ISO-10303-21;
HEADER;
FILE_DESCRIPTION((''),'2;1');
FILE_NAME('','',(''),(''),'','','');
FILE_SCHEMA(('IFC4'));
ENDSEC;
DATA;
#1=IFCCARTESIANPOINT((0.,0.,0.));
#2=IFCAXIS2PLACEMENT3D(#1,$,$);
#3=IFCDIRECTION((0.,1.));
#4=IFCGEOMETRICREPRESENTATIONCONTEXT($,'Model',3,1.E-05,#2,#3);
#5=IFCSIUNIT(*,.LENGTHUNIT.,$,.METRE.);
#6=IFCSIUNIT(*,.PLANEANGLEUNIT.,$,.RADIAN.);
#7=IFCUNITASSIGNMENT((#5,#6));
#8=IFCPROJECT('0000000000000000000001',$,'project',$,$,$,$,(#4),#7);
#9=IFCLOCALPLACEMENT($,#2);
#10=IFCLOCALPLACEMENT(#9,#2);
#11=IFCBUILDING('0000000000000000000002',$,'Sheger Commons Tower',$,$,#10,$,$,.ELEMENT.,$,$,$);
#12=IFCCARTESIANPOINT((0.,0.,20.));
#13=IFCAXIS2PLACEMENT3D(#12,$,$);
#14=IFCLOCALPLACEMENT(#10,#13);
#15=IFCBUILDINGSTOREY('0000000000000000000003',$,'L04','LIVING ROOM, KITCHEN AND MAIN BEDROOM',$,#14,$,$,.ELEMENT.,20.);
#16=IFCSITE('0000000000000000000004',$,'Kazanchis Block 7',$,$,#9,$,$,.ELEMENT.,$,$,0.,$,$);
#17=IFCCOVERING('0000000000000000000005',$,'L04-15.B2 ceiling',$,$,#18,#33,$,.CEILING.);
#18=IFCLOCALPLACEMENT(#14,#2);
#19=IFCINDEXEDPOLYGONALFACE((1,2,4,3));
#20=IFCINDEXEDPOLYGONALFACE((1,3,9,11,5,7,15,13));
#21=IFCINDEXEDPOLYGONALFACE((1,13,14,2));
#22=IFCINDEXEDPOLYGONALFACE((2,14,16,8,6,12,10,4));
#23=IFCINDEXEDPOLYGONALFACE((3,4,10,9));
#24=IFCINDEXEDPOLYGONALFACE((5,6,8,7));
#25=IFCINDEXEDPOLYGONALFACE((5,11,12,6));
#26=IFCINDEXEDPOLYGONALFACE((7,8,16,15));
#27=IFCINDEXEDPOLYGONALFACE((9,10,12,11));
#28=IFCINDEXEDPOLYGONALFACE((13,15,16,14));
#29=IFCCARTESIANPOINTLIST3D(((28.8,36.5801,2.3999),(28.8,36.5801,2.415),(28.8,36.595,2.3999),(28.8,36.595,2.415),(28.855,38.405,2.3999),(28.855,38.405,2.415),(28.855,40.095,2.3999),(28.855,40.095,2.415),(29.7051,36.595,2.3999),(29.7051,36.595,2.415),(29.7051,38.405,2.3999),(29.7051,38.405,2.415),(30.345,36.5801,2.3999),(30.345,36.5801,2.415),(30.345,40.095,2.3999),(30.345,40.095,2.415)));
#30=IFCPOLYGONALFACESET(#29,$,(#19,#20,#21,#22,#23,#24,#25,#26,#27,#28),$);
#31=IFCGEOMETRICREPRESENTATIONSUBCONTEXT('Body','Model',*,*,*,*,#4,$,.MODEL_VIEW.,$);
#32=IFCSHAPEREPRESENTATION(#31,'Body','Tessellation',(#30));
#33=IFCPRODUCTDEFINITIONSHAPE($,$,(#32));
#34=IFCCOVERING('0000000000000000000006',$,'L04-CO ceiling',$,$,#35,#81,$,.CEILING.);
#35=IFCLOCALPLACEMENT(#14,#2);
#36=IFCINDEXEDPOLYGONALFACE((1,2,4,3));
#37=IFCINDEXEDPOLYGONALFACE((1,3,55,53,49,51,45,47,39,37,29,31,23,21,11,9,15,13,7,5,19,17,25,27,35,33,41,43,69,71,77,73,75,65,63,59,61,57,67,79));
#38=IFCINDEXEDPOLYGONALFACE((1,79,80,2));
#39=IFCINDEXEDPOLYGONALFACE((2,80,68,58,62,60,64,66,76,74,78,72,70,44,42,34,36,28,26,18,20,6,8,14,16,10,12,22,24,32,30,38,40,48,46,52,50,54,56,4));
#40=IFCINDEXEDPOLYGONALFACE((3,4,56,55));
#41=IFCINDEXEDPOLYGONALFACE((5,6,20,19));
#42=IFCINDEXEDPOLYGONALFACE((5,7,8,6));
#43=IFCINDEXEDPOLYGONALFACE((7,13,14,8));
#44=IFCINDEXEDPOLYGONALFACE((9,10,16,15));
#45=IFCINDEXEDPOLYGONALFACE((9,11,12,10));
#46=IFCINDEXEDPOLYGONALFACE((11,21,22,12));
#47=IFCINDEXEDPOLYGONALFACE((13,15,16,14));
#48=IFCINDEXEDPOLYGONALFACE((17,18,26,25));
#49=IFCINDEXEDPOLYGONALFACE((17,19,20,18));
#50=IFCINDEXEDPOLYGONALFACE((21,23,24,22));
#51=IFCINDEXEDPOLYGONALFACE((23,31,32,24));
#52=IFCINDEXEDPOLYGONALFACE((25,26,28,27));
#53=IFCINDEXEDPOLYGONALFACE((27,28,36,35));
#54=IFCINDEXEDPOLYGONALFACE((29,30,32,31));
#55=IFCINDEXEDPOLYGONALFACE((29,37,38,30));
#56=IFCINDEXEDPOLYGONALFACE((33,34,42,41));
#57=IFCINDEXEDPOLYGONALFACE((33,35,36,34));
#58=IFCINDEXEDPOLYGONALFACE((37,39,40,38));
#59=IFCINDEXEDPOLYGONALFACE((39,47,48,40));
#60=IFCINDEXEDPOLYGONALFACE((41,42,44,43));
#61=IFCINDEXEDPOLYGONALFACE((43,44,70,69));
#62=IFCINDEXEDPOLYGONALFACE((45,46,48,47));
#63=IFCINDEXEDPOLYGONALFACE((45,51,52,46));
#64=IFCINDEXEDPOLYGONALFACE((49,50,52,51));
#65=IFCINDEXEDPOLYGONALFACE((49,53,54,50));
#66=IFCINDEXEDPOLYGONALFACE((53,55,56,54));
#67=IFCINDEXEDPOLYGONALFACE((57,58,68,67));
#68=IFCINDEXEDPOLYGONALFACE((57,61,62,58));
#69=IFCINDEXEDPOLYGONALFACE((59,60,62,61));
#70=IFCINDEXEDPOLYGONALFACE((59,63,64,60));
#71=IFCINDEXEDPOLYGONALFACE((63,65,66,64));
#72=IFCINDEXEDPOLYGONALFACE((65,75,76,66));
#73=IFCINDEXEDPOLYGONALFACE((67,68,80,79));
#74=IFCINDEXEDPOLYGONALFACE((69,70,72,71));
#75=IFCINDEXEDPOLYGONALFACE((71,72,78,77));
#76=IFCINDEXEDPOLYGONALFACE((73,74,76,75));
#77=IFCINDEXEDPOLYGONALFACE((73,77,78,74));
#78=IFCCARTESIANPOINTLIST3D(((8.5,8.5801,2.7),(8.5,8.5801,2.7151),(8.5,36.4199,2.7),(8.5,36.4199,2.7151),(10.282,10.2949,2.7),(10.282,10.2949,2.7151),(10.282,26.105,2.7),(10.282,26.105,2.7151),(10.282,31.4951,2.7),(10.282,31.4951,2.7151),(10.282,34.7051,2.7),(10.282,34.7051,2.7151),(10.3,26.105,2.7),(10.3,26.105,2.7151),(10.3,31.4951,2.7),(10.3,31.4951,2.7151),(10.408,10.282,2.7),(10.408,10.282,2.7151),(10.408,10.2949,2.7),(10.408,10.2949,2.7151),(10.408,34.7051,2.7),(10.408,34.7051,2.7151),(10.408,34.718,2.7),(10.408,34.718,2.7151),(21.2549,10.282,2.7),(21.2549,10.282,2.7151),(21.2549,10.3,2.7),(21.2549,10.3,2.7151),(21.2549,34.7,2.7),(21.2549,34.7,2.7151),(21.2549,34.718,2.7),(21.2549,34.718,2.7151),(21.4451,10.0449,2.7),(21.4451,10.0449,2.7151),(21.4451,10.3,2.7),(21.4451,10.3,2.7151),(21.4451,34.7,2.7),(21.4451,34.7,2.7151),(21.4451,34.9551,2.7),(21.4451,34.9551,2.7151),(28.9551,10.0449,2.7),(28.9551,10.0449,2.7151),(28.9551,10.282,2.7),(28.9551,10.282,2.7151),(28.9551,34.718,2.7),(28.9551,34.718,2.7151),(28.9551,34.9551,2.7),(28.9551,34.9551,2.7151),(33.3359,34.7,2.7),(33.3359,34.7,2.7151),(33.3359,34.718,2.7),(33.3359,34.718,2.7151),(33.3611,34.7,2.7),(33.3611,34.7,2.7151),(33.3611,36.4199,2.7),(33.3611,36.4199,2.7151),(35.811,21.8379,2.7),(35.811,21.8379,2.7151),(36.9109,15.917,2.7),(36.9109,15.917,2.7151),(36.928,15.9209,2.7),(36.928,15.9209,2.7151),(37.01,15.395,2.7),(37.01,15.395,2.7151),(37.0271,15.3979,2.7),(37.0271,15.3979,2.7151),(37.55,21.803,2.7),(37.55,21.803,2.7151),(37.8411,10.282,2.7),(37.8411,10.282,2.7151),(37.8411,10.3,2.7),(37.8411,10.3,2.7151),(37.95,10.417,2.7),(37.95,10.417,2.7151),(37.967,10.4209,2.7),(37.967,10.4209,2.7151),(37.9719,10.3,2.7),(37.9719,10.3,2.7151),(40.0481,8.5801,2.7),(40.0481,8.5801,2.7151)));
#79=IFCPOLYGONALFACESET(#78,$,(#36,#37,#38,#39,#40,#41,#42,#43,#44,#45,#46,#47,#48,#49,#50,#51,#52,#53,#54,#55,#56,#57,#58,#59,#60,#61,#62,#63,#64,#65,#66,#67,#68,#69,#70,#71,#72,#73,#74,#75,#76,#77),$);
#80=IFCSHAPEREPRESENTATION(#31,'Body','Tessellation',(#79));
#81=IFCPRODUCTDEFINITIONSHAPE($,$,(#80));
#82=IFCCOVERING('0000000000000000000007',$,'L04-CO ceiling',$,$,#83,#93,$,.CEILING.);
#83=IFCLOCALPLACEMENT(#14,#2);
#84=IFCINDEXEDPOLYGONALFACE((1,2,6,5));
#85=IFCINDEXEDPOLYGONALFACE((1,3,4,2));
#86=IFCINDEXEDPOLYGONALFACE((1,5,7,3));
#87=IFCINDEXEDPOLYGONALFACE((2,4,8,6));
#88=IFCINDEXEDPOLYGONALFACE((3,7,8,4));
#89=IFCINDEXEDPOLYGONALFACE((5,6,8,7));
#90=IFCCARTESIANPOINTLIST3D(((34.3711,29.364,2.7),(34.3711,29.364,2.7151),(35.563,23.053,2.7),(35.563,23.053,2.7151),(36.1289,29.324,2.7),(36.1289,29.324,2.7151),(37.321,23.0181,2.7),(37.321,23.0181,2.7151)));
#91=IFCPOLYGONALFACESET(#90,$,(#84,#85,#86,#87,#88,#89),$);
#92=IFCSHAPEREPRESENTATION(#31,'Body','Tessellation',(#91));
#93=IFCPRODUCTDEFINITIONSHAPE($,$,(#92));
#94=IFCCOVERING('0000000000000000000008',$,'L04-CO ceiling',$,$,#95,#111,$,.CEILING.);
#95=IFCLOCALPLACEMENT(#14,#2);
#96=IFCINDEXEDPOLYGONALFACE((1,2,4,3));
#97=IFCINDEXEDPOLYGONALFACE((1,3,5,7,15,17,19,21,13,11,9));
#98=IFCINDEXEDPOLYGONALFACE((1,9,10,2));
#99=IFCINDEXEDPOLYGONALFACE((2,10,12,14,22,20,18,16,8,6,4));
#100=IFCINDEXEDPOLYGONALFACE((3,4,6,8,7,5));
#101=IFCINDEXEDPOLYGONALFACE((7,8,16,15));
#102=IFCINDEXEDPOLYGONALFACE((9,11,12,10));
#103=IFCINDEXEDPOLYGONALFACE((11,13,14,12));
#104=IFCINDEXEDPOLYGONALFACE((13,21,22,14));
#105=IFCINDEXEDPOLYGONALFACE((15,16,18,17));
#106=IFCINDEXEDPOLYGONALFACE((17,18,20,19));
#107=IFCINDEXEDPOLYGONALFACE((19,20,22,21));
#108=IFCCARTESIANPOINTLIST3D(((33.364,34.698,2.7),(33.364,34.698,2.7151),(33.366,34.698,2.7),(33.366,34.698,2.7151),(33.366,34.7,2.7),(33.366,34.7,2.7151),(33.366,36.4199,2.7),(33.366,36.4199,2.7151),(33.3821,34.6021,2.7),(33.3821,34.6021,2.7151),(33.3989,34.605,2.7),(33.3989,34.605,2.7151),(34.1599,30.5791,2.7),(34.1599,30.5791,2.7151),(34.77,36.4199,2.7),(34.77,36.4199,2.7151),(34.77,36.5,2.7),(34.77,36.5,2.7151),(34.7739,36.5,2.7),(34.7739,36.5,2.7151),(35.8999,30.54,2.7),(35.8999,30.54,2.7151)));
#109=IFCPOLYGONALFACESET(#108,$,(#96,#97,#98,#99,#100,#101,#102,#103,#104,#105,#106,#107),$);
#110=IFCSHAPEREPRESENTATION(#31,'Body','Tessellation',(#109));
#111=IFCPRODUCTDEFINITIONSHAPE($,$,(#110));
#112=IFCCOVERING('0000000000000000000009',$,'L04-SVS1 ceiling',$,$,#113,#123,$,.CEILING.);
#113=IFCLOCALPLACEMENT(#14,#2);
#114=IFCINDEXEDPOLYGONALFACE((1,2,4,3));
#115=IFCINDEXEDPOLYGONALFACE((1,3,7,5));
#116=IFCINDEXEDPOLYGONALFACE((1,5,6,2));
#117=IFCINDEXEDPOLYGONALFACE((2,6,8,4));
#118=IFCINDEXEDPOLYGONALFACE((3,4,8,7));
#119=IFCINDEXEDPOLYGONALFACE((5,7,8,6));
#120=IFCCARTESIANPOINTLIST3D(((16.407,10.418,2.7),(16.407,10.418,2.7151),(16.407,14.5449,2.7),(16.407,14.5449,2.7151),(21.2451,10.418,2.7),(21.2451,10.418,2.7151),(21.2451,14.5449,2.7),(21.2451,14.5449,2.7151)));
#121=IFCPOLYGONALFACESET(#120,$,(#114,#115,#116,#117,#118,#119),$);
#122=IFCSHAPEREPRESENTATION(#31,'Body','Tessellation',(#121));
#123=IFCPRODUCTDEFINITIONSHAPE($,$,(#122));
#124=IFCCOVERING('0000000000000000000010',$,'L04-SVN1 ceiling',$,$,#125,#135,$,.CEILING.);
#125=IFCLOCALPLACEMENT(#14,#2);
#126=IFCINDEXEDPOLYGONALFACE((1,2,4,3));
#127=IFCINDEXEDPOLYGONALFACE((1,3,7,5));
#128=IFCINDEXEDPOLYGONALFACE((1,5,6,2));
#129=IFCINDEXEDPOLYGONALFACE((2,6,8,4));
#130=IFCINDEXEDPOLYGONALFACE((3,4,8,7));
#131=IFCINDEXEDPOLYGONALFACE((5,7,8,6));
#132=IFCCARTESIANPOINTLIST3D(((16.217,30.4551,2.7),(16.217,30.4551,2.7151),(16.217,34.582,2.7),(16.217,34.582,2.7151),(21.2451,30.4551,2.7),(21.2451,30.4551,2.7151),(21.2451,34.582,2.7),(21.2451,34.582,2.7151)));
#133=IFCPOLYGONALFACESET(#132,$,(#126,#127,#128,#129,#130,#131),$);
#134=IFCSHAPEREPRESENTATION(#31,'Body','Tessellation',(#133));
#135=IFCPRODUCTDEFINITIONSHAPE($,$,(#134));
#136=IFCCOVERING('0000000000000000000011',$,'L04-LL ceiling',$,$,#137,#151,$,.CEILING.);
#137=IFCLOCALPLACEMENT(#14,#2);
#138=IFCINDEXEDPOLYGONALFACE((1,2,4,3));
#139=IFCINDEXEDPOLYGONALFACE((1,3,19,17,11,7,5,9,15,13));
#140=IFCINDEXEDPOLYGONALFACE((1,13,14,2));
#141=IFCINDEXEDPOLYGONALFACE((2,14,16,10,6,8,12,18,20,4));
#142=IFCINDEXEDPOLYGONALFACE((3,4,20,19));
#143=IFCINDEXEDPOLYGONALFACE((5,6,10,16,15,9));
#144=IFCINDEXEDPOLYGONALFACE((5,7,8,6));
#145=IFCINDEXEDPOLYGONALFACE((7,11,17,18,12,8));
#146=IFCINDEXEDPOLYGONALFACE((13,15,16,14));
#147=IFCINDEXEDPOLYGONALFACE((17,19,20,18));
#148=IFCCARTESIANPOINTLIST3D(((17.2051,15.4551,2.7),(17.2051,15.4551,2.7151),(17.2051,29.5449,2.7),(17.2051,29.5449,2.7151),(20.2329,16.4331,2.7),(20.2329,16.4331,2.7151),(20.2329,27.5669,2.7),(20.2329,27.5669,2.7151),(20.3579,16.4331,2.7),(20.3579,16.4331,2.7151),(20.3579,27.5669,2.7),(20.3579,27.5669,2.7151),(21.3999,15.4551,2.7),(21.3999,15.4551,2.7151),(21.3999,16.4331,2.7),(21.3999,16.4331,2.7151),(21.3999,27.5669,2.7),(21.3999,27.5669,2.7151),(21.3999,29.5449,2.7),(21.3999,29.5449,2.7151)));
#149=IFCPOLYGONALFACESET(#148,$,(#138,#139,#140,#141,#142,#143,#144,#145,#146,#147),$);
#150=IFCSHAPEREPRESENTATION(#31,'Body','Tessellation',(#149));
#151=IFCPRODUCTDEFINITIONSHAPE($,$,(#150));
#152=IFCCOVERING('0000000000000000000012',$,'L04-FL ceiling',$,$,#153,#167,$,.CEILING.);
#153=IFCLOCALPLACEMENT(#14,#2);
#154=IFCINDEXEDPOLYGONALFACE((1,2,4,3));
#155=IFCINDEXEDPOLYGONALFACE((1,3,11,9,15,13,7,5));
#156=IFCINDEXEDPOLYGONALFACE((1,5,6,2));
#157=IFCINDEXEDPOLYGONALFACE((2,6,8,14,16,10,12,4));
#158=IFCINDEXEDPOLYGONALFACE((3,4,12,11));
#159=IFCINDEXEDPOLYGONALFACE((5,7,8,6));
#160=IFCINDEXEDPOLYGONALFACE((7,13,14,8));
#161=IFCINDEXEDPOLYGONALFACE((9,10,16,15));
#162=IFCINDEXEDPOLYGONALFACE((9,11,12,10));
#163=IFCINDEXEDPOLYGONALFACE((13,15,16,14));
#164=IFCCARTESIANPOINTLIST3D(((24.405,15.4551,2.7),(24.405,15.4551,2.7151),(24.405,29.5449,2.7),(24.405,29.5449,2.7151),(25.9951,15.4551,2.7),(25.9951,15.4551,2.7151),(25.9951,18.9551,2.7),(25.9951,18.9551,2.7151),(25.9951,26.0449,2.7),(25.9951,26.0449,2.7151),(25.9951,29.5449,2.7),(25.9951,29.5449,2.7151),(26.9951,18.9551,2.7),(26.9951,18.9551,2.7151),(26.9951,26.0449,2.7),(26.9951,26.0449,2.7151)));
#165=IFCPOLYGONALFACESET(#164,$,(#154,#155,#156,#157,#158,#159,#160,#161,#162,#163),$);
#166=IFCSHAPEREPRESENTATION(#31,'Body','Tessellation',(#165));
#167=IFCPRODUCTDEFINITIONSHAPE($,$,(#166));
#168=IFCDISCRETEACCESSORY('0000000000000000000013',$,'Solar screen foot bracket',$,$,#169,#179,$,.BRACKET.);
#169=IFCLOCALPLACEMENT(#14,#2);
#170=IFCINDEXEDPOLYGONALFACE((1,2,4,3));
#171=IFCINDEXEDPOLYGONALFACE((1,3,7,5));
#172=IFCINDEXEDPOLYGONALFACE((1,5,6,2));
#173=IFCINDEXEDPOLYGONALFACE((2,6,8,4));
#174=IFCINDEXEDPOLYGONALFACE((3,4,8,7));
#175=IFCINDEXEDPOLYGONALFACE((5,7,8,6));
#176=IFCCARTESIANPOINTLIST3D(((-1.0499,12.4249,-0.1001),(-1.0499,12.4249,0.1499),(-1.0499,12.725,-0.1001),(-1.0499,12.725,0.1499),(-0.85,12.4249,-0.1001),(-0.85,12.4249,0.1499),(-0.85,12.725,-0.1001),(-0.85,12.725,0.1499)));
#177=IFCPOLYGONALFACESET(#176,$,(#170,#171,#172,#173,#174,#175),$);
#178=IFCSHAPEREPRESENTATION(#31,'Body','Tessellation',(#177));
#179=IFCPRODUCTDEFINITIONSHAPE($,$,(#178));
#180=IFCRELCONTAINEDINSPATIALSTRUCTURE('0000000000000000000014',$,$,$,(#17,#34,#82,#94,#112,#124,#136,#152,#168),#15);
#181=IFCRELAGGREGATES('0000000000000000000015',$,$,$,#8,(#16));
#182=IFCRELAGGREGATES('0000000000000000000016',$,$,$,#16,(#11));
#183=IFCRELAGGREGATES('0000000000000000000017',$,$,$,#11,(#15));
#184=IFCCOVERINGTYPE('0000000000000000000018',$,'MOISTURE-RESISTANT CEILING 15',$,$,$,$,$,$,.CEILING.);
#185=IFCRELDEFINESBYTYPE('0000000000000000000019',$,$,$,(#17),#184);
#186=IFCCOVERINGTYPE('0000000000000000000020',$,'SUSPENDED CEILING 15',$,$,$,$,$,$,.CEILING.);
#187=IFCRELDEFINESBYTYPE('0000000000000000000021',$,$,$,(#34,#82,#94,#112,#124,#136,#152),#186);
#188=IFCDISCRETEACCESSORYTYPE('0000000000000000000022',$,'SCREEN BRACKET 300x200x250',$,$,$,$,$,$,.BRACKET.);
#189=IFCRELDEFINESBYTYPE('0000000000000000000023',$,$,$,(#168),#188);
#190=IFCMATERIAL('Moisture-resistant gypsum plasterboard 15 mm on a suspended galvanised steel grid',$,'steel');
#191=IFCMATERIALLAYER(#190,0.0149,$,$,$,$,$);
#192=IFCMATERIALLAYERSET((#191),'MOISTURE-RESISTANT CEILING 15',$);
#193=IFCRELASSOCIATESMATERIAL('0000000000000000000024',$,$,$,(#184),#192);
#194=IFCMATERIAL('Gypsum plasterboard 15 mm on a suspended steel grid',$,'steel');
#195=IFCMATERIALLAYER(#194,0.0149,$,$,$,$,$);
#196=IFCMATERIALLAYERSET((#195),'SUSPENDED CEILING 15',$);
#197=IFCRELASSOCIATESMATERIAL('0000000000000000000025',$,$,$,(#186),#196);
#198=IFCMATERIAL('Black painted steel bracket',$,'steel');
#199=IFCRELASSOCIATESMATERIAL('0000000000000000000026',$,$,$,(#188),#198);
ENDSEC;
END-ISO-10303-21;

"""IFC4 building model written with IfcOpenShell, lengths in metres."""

from ifc_helpers import new_model, si_unit, direction, frame, origin, origin_2d, place, context, subcontext, project, spatial, polyline, rectangle, outline, extrude, material, layer, layer_set, type_object, element, save


model = new_model("IFC4")

# Units and contexts
model_context = context("Model", 3, precision=1e-05, world=origin(), true_north=direction((0.0, 1.0)))
body_context = subcontext(model_context, "Body", "Model", "MODEL_VIEW")
ifc_project = project(units=[si_unit("LENGTHUNIT", "METRE"), si_unit("PLANEANGLEUNIT", "RADIAN")], contexts=[model_context])

# Site, building, storey
site_placement = place(None, origin())
site = spatial("IfcSite", under=ifc_project, at=site_placement, Name="Kazanchis Block 7", CompositionType="ELEMENT", RefElevation=0.0)
building_placement = place(site_placement, origin())
building = spatial("IfcBuilding", under=site, at=building_placement, Name="Sheger Commons Tower", CompositionType="ELEMENT")
storey_placement = place(building_placement, frame((0.0, 0.0, 20.0)))
storey = spatial("IfcBuildingStorey", under=building, at=storey_placement, Name="L04", Description="LIVING ROOM, KITCHEN AND MAIN BEDROOM", CompositionType="ELEMENT", Elevation=20.0)

# Coverings
ifc_material_1 = material(Name="Moisture-resistant gypsum plasterboard 15 mm on a suspended galvanised steel grid", Category="steel")
ifc_layer_1 = layer(ifc_material_1, 0.0149)
ifc_layer_set_1 = layer_set([ifc_layer_1], Name="MOISTURE-RESISTANT CEILING 15")
covering_type_1 = type_object("IfcCoveringType", Name="MOISTURE-RESISTANT CEILING 15", PredefinedType="CEILING", material=ifc_layer_set_1)
covering_1_placement = place(storey_placement, frame((0.0, 0.0, 2.3999)))
element("IfcCovering", 1, at=covering_1_placement, inside=storey, type_object=covering_type_1, Name="L04-15.B2 ceiling", PredefinedType="CEILING", context=body_context, shape_type="SweptSolid", body=[
    extrude(outline(polyline([(28.8, 36.5801), (30.345, 36.5801), (30.345, 40.095), (28.855, 40.095), (28.855, 38.405), (29.7051, 38.405), (29.7051, 36.595), (28.8, 36.595), (28.8, 36.5801)])), origin(), (0.0, 0.0, 1.0), 0.0151),
])
ifc_material_2 = material(Name="Gypsum plasterboard 15 mm on a suspended steel grid", Category="steel")
ifc_layer_2 = layer(ifc_material_2, 0.0149)
ifc_layer_set_2 = layer_set([ifc_layer_2], Name="SUSPENDED CEILING 15")
covering_type_2 = type_object("IfcCoveringType", Name="SUSPENDED CEILING 15", PredefinedType="CEILING", material=ifc_layer_set_2)
covering_2_placement = place(storey_placement, frame((0.0, 0.0, 2.7)))
element("IfcCovering", 2, at=covering_2_placement, inside=storey, type_object=covering_type_2, Name="L04-CO ceiling", PredefinedType="CEILING", context=body_context, shape_type="SweptSolid", body=[
    extrude(outline(polyline([(8.5, 8.5801), (40.0481, 8.5801), (37.55, 21.803), (35.811, 21.8379), (36.928, 15.9209), (36.9109, 15.917), (37.01, 15.395), (37.0271, 15.3979), (37.967, 10.4209), (37.95, 10.417), (37.9719, 10.3), (37.8411, 10.3), (37.8411, 10.282), (28.9551, 10.282), (28.9551, 10.0449), (21.4451, 10.0449), (21.4451, 10.3), (21.2549, 10.3), (21.2549, 10.282), (10.408, 10.282), (10.408, 10.2949), (10.282, 10.2949), (10.282, 26.105), (10.3, 26.105), (10.3, 31.4951), (10.282, 31.4951), (10.282, 34.7051), (10.408, 34.7051), (10.408, 34.718), (21.2549, 34.718), (21.2549, 34.7), (21.4451, 34.7), (21.4451, 34.9551), (28.9551, 34.9551), (28.9551, 34.718), (33.3359, 34.718), (33.3359, 34.7), (33.3611, 34.7), (33.3611, 36.4199), (8.5, 36.4199), (8.5, 8.5801)])), origin(), (0.0, 0.0, 1.0), 0.0151),
])
covering_3_placement = place(storey_placement, frame((0.0, 0.0, 2.7)))
element("IfcCovering", 3, at=covering_3_placement, inside=storey, type_object=covering_type_2, Name="L04-CO ceiling", PredefinedType="CEILING", context=body_context, shape_type="SweptSolid", body=[
    extrude(outline(polyline([(37.321, 23.0181), (36.1289, 29.324), (34.3711, 29.364), (35.563, 23.053), (37.321, 23.0181)])), origin(), (0.0, 0.0, 1.0), 0.0151),
])
covering_4_placement = place(storey_placement, frame((0.0, 0.0, 2.7)))
element("IfcCovering", 4, at=covering_4_placement, inside=storey, type_object=covering_type_2, Name="L04-CO ceiling", PredefinedType="CEILING", context=body_context, shape_type="SweptSolid", body=[
    extrude(outline(polyline([(35.8999, 30.54), (34.7739, 36.5), (34.77, 36.5), (34.77, 36.4199), (33.366, 36.4199), (33.366, 34.7), (33.366, 34.698), (33.364, 34.698), (33.3821, 34.6021), (33.3989, 34.605), (34.1599, 30.5791), (35.8999, 30.54)])), origin(), (0.0, 0.0, 1.0), 0.0151),
])
covering_5_placement = place(storey_placement, frame((0.0, 0.0, 2.7)))
element("IfcCovering", 5, at=covering_5_placement, inside=storey, type_object=covering_type_2, Name="L04-SVS1 ceiling", PredefinedType="CEILING", context=body_context, shape_type="SweptSolid", body=[
    extrude(outline(polyline([(16.407, 10.418), (21.2451, 10.418), (21.2451, 14.5449), (16.407, 14.5449), (16.407, 10.418)])), origin(), (0.0, 0.0, 1.0), 0.0151),
])
covering_6_placement = place(storey_placement, frame((0.0, 0.0, 2.7)))
element("IfcCovering", 6, at=covering_6_placement, inside=storey, type_object=covering_type_2, Name="L04-SVN1 ceiling", PredefinedType="CEILING", context=body_context, shape_type="SweptSolid", body=[
    extrude(outline(polyline([(16.217, 30.4551), (21.2451, 30.4551), (21.2451, 34.582), (16.217, 34.582), (16.217, 30.4551)])), origin(), (0.0, 0.0, 1.0), 0.0151),
])
covering_7_placement = place(storey_placement, frame((0.0, 0.0, 2.7)))
element("IfcCovering", 7, at=covering_7_placement, inside=storey, type_object=covering_type_2, Name="L04-LL ceiling", PredefinedType="CEILING", context=body_context, shape_type="SweptSolid", body=[
    extrude(outline(polyline([(17.2051, 15.4551), (21.3999, 15.4551), (21.3999, 16.4331), (20.3579, 16.4331), (20.2329, 16.4331), (20.2329, 27.5669), (20.3579, 27.5669), (21.3999, 27.5669), (21.3999, 29.5449), (17.2051, 29.5449), (17.2051, 15.4551)])), origin(), (0.0, 0.0, 1.0), 0.0151),
])
covering_8_placement = place(storey_placement, frame((0.0, 0.0, 2.7)))
element("IfcCovering", 8, at=covering_8_placement, inside=storey, type_object=covering_type_2, Name="L04-FL ceiling", PredefinedType="CEILING", context=body_context, shape_type="SweptSolid", body=[
    extrude(outline(polyline([(24.405, 15.4551), (25.9951, 15.4551), (25.9951, 18.9551), (26.9951, 18.9551), (26.9951, 26.0449), (25.9951, 26.0449), (25.9951, 29.5449), (24.405, 29.5449), (24.405, 15.4551)])), origin(), (0.0, 0.0, 1.0), 0.0151),
])

# Discrete accessory
ifc_material_3 = material(Name="Black painted steel bracket", Category="steel")
discrete_accessory_type = type_object("IfcDiscreteAccessoryType", Name="SCREEN BRACKET 300x200x250", PredefinedType="BRACKET", material=ifc_material_3)
for number, where, z_axis, x_axis, name in (
    (9, (-0.95, 12.575, -0.1001), (0.0, 0.0, 1.0), (0.0, -1.0, 0.0), "Solar screen foot bracket"),
):
    element("IfcDiscreteAccessory", number, at=place(storey_placement, frame(where, z_axis=z_axis, x_axis=x_axis)), inside=storey, type_object=discrete_accessory_type, Name=name, PredefinedType="BRACKET", context=body_context, shape_type="SweptSolid", body=[
        extrude(rectangle(XDim=0.3, YDim=0.2, at=origin_2d()), origin(), (0.0, 0.0, 1.0), 0.25),
    ])

save(model, "model.ifc")
